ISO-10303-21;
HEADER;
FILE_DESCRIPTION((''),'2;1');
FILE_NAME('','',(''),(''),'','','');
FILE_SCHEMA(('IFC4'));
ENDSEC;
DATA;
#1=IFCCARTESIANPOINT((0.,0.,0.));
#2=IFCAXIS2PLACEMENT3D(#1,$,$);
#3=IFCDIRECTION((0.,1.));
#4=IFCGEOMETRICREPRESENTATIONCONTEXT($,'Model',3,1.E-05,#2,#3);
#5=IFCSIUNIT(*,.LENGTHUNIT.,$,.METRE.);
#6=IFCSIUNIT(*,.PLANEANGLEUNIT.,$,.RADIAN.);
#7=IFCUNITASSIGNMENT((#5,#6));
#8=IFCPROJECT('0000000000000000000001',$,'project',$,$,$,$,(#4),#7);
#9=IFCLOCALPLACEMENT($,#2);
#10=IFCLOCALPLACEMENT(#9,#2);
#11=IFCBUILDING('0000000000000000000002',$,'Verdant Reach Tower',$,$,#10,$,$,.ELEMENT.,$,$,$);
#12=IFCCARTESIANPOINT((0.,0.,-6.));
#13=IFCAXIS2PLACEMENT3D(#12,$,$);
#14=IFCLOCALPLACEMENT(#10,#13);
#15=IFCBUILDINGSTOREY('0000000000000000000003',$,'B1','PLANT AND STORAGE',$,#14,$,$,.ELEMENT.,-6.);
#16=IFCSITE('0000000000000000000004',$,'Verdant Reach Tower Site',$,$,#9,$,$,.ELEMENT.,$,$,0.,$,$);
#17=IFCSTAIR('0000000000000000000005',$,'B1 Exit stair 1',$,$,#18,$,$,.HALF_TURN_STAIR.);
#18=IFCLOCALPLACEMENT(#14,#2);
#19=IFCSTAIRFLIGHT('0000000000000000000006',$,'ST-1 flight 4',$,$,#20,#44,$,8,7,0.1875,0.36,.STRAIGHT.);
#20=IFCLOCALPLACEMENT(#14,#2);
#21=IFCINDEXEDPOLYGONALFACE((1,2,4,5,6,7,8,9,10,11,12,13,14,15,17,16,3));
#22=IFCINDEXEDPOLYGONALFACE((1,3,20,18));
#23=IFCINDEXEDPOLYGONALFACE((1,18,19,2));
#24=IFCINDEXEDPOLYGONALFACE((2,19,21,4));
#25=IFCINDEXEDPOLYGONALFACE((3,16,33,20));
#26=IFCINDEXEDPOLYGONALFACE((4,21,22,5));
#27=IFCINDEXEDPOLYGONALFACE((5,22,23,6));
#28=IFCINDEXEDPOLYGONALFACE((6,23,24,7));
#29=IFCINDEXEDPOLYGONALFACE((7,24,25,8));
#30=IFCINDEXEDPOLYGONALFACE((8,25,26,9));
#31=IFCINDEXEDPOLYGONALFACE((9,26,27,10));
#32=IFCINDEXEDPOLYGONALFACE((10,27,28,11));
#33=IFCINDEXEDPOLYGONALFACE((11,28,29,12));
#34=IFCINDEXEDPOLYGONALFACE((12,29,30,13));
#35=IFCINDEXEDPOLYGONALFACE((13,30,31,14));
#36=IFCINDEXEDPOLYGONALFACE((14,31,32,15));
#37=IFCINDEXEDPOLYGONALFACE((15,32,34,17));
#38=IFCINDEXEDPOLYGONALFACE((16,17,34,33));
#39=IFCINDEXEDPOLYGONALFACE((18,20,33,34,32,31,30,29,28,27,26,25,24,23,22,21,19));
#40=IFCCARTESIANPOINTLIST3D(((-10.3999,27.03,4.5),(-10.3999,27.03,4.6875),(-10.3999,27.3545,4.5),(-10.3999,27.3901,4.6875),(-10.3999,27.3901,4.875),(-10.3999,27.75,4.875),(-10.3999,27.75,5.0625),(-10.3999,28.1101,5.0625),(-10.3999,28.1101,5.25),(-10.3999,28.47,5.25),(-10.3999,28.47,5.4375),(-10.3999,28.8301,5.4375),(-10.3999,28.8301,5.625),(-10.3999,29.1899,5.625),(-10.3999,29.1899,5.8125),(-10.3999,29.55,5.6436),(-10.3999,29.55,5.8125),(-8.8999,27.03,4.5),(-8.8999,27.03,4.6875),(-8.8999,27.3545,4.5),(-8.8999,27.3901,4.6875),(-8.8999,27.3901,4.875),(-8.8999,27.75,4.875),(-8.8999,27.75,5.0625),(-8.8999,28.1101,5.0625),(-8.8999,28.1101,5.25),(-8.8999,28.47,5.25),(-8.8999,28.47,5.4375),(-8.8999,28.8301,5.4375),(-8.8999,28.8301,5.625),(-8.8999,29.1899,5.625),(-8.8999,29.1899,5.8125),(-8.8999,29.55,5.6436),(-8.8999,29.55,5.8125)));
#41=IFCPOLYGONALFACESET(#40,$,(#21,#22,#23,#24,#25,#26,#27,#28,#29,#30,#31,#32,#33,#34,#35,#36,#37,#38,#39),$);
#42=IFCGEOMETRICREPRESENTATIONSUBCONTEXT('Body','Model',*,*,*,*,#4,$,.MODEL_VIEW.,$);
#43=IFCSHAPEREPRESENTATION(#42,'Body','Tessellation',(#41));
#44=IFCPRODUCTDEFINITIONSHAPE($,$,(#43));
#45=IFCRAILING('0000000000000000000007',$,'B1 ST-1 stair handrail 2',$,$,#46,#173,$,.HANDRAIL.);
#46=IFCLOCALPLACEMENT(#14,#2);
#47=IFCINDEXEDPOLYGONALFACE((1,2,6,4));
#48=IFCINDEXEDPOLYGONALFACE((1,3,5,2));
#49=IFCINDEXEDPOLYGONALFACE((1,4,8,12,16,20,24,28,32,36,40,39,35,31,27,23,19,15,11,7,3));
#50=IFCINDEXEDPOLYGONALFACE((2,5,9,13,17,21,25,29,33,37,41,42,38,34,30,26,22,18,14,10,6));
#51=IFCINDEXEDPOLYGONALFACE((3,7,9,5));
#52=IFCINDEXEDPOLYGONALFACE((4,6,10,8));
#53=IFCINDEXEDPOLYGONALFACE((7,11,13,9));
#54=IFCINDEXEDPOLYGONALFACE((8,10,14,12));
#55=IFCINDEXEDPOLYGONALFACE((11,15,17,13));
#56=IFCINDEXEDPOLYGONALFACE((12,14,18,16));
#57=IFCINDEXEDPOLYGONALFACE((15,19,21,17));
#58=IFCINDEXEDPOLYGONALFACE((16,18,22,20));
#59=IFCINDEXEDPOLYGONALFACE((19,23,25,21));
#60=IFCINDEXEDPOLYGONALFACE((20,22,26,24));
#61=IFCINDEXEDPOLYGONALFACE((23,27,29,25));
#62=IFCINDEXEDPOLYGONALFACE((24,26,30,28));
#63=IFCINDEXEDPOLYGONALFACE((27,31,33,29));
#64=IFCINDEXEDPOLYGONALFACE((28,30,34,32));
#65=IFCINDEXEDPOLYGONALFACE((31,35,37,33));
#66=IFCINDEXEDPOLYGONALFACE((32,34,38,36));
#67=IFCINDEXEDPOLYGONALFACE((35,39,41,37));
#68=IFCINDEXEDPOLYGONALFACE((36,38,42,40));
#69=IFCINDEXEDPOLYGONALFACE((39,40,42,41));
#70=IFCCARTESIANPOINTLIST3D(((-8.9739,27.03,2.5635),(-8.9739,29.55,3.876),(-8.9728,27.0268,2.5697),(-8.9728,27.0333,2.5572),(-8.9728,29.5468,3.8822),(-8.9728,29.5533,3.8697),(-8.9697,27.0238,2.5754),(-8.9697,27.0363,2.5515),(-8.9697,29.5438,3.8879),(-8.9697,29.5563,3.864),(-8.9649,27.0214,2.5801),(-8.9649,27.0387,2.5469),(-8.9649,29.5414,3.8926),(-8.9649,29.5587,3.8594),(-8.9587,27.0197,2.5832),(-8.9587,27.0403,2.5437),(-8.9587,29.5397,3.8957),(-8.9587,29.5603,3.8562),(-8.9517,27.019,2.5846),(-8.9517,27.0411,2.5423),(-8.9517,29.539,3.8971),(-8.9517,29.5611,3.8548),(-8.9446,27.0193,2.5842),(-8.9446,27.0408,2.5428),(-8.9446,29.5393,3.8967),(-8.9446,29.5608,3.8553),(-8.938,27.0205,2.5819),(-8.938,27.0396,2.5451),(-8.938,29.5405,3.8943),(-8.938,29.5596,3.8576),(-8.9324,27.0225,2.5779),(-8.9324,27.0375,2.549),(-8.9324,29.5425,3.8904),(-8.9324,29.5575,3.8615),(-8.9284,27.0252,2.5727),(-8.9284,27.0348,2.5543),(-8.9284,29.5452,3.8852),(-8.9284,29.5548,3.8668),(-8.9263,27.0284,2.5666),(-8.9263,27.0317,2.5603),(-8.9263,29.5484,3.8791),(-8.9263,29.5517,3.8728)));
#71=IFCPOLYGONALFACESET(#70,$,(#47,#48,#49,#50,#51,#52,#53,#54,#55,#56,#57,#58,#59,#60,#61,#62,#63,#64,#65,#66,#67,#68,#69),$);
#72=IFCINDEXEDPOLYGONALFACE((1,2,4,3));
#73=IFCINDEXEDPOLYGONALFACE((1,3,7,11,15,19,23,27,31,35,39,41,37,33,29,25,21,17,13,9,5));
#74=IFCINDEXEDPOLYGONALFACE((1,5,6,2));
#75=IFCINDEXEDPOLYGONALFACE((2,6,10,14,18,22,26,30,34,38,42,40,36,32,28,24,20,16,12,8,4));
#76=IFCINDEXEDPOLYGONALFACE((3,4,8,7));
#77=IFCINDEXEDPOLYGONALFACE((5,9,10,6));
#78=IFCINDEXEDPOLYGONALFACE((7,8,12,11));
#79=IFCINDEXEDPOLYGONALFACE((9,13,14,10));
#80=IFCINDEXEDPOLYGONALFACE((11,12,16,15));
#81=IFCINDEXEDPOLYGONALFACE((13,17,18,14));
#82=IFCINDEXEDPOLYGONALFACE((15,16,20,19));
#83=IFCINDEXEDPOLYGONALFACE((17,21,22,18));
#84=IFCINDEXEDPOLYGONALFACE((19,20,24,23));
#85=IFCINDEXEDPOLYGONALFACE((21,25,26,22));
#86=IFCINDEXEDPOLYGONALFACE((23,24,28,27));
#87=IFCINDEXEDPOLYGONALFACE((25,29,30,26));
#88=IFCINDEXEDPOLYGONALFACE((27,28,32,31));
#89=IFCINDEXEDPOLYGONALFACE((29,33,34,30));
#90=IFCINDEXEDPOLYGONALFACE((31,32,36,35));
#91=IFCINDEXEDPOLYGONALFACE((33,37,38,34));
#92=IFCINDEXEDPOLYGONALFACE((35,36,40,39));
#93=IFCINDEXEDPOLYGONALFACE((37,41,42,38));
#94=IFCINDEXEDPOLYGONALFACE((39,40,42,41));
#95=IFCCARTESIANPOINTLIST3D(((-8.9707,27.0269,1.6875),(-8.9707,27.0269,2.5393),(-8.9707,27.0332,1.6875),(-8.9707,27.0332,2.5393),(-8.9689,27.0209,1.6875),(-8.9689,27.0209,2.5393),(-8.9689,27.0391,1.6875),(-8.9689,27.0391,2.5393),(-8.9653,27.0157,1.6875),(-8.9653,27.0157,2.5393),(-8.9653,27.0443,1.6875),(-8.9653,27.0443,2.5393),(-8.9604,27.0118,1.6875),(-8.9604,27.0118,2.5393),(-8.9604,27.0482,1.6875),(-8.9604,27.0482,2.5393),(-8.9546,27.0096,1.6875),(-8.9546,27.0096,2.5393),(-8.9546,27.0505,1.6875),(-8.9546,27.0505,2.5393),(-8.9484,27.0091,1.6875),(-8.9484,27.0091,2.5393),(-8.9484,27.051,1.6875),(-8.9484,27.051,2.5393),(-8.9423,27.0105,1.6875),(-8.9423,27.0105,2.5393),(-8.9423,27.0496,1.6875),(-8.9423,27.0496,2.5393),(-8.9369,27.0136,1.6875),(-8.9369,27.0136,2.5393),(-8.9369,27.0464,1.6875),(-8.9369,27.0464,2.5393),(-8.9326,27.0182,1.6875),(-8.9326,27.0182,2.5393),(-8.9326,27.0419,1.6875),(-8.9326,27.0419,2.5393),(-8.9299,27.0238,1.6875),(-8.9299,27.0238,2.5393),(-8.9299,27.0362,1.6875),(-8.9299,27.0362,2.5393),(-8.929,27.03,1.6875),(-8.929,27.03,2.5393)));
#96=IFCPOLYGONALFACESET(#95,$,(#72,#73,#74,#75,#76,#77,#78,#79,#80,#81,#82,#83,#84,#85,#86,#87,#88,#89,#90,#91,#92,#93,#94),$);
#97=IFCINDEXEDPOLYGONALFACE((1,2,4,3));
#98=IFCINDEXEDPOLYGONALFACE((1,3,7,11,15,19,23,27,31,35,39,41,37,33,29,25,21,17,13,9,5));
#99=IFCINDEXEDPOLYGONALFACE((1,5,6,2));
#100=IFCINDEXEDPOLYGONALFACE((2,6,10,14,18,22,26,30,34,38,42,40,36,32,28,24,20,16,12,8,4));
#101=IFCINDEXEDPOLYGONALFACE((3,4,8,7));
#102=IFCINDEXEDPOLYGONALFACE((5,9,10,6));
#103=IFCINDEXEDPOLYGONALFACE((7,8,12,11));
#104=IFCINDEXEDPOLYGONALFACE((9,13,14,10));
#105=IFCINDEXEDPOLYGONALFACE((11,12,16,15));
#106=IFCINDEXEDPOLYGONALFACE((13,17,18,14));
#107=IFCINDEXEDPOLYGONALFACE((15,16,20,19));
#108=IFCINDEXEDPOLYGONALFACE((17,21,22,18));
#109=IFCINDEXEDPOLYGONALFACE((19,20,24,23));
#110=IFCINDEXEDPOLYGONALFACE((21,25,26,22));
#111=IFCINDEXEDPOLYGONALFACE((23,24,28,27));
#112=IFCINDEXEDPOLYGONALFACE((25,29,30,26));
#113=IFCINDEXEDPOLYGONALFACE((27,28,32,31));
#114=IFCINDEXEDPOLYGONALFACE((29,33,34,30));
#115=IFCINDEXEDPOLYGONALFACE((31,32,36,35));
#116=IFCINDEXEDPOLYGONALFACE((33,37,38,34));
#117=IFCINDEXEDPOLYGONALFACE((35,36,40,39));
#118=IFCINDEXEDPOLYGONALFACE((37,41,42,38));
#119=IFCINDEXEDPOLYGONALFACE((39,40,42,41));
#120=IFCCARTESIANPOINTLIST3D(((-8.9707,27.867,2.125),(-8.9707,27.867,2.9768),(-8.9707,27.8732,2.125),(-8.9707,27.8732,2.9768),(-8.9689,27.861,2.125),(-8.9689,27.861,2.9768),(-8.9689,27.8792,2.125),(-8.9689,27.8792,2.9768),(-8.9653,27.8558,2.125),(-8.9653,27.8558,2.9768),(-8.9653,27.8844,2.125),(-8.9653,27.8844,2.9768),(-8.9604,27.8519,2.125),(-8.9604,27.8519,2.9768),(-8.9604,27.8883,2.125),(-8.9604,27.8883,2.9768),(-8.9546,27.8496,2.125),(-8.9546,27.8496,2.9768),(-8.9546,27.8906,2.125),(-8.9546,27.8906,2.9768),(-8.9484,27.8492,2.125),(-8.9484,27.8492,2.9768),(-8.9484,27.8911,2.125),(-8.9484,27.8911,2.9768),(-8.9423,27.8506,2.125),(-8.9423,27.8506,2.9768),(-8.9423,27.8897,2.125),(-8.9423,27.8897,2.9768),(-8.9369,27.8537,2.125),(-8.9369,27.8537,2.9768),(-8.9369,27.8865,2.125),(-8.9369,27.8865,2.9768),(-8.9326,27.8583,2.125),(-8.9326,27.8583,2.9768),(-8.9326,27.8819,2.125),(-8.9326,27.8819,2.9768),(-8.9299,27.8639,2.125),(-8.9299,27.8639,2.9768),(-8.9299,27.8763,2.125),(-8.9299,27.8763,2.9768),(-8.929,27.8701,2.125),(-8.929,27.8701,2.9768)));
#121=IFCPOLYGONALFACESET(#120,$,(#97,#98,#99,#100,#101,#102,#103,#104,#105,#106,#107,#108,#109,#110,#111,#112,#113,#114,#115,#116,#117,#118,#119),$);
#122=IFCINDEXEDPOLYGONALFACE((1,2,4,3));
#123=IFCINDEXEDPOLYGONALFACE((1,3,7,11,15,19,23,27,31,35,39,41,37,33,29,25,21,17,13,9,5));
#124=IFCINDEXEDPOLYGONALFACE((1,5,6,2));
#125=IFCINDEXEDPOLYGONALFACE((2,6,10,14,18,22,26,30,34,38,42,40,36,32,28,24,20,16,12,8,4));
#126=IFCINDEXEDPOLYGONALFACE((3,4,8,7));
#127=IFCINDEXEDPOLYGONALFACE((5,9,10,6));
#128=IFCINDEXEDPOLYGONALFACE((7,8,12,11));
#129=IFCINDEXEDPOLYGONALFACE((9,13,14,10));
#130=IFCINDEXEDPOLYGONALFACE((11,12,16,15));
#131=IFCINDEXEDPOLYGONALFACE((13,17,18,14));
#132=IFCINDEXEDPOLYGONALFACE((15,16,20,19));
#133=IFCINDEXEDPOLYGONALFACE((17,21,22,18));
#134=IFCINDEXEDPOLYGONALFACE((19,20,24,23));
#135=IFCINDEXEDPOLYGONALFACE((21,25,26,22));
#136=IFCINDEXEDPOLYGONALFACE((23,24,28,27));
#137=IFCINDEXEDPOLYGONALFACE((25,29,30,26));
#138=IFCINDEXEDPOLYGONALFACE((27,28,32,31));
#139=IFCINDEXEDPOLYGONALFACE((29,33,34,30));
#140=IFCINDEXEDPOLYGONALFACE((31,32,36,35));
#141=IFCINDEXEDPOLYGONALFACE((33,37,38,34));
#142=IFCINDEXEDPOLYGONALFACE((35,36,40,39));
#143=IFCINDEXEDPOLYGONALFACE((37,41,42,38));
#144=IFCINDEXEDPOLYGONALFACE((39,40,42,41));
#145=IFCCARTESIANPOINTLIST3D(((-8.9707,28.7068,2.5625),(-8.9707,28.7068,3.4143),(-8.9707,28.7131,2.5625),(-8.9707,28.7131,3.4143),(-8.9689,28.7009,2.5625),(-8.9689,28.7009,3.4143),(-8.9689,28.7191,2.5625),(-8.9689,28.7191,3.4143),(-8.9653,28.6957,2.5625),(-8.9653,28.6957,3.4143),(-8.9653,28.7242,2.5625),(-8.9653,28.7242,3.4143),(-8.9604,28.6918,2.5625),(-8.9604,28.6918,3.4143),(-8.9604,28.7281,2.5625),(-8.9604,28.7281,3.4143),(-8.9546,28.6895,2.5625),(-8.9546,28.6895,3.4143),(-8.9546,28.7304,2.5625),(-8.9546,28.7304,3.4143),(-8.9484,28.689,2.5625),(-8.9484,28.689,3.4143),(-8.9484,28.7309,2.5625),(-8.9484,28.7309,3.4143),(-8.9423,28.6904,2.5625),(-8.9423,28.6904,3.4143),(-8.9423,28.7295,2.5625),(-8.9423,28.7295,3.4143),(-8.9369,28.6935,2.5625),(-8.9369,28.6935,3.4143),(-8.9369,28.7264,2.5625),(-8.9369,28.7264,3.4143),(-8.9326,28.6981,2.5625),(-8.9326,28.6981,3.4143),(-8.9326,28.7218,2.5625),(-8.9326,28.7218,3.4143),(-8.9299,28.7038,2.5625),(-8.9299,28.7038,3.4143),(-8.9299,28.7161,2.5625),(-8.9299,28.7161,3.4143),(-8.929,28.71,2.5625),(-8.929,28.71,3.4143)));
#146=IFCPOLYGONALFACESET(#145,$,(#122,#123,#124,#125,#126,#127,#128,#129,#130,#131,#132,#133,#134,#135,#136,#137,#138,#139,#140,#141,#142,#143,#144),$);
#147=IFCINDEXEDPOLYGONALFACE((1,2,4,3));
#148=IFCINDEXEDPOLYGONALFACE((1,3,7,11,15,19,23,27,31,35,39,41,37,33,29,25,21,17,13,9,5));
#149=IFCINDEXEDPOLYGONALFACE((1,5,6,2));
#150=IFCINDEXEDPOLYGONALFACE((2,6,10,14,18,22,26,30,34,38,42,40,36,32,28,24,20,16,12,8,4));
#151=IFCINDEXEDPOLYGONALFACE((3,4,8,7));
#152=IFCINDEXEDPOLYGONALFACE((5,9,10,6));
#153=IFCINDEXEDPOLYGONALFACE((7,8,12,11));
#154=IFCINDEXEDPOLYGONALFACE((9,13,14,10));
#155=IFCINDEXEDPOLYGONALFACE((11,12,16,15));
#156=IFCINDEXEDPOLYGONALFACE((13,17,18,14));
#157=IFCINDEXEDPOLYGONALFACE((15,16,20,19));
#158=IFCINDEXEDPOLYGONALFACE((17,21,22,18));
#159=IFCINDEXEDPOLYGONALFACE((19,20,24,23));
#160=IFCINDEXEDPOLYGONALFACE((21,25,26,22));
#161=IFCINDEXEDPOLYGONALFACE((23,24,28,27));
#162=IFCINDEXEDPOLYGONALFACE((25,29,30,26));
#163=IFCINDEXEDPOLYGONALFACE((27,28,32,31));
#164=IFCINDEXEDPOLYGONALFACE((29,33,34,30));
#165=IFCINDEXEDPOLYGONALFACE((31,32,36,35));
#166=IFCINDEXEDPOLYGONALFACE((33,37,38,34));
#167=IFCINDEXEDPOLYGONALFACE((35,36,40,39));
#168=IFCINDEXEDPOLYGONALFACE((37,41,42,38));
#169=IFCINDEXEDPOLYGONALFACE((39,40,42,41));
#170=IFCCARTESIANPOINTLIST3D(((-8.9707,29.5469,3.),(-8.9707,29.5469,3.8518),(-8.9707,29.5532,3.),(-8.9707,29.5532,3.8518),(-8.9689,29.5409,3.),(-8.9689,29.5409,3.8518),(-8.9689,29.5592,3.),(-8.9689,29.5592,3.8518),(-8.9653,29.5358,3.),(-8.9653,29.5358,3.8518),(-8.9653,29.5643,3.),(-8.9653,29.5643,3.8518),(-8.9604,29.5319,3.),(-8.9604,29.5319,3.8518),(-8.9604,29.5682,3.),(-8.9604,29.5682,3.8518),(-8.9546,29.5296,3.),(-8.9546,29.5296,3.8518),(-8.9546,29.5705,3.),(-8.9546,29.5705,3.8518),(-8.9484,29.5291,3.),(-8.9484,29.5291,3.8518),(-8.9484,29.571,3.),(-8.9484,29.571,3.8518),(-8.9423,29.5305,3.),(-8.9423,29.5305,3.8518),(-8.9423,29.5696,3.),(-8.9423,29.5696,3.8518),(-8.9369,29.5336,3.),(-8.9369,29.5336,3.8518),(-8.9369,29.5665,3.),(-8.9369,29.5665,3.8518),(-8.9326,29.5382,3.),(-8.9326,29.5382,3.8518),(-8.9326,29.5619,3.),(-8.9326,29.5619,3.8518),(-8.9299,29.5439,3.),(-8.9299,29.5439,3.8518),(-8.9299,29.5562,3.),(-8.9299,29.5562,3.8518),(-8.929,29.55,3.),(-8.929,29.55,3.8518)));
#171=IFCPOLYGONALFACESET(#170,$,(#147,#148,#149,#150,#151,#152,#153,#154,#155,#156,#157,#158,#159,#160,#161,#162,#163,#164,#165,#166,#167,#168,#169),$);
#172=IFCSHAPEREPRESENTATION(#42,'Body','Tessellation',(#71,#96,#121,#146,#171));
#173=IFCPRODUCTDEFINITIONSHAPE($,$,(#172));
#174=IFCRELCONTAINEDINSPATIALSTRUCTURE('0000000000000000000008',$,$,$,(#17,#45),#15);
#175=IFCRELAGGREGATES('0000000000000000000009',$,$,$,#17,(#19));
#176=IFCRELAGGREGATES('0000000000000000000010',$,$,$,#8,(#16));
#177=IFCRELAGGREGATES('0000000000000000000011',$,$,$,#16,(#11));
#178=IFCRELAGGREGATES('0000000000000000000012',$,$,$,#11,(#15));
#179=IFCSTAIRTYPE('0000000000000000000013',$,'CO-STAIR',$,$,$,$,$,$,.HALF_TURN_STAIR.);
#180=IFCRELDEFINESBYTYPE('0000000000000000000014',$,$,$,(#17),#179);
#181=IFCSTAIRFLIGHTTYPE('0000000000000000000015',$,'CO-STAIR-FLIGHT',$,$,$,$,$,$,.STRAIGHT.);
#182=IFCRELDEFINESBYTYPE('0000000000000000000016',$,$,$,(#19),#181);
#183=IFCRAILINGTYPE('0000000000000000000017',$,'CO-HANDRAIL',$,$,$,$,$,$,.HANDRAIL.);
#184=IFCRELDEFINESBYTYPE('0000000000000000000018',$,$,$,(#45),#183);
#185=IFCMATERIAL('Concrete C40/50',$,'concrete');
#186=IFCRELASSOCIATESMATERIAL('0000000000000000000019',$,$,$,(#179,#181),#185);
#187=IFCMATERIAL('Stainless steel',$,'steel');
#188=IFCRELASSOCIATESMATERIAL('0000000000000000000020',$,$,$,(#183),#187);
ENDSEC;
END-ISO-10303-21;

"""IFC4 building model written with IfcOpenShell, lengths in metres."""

from ifc_helpers import new_model, si_unit, direction, frame, origin, origin_2d, place, context, subcontext, project, spatial, polyline, circle, outline, extrude, material, type_object, element, aggregate, save


model = new_model("IFC4")

# Units and contexts
model_context = context("Model", 3, precision=1e-05, world=origin(), true_north=direction((0.0, 1.0)))
body_context = subcontext(model_context, "Body", "Model", "MODEL_VIEW")
ifc_project = project(units=[si_unit("LENGTHUNIT", "METRE"), si_unit("PLANEANGLEUNIT", "RADIAN")], contexts=[model_context])

# Site, building, storey
site_placement = place(None, origin())
site = spatial("IfcSite", under=ifc_project, at=site_placement, Name="Verdant Reach Tower Site", CompositionType="ELEMENT", RefElevation=0.0)
building_placement = place(site_placement, origin())
building = spatial("IfcBuilding", under=site, at=building_placement, Name="Verdant Reach Tower", CompositionType="ELEMENT")
storey_placement = place(building_placement, frame((0.0, 0.0, -6.0)))
storey = spatial("IfcBuildingStorey", under=building, at=storey_placement, Name="B1", Description="PLANT AND STORAGE", CompositionType="ELEMENT", Elevation=-6.0)

# Shared definitions
ifc_material_1 = material(Name="Concrete C40/50", Category="concrete")

# Shared definitions
ifc_material_2 = material(Name="Stainless steel", Category="steel")

# Stair, stair flight
stair_type = type_object("IfcStairType", Name="CO-STAIR", PredefinedType="HALF_TURN_STAIR", material=ifc_material_1)
stair_placement = place(storey_placement, origin())
stair = element("IfcStair", 1, at=stair_placement, inside=storey, type_object=stair_type, Name="B1 Exit stair 1", PredefinedType="HALF_TURN_STAIR")
stair_flight_type = type_object("IfcStairFlightType", Name="CO-STAIR-FLIGHT", PredefinedType="STRAIGHT", material=ifc_material_1)
stair_flight_1_placement = place(storey_placement, frame((-9.6499, 27.03, 4.5), z_axis=(0.0, 0.0, 1.0), x_axis=(0.0, 1.0, 0.0)))
stair_flight_1 = element("IfcStairFlight", 2, at=stair_flight_1_placement, type_object=stair_flight_type, Name="ST-1 flight 4", NumberOfRisers=8, NumberOfTreads=7, PredefinedType="STRAIGHT", RiserHeight=0.1875, TreadLength=0.36, context=body_context, shape_type="SweptSolid", body=[
    extrude(outline(polyline([(0.0, 0.0), (0.0, 0.1875), (0.3601, 0.1875), (0.3601, 0.375), (0.72, 0.375), (0.72, 0.5625), (1.0801, 0.5625), (1.0801, 0.75), (1.4399, 0.75), (1.4399, 0.9375), (1.8, 0.9375), (1.8, 1.125), (2.1599, 1.125), (2.1599, 1.3125), (2.52, 1.3125), (2.52, 1.5), (2.52, 1.1436), (0.3245, 0.0), (0.0, 0.0)])), frame((0.0, 0.75, 0.0), z_axis=(0.0, -1.0, 0.0), x_axis=(1.0, 0.0, 0.0)), (0.0, 0.0, 1.0), 1.5),
])
aggregate(stair, [stair_flight_1])

# Railing
railing_type_1 = type_object("IfcRailingType", Name="CO-HANDRAIL", PredefinedType="HANDRAIL", material=ifc_material_2)
for number, where, name in (
    (3, (-8.95, 27.03, 1.6875), "B1 ST-1 stair handrail 2"),
):
    element("IfcRailing", number, at=place(storey_placement, frame(where)), inside=storey, type_object=railing_type_1, Name=name, PredefinedType="HANDRAIL", context=body_context, shape_type="SweptSolid", body=[
        extrude(circle(Radius=0.0239, at=origin_2d()), frame((0.0, 0.0, 0.876), z_axis=(0.0, 0.886916, 0.461932), x_axis=(-1.0, 0.0, 0.0)), (0.0, 0.0, 1.0), 2.8413),
        extrude(circle(Radius=0.021, at=origin_2d()), origin(), (0.0, 0.0, 1.0), 0.8518),
        extrude(circle(Radius=0.021, at=origin_2d()), frame((0.0, 0.8401, 0.4375)), (0.0, 0.0, 1.0), 0.8518),
        extrude(circle(Radius=0.021, at=origin_2d()), frame((0.0, 1.6799, 0.875)), (0.0, 0.0, 1.0), 0.8518),
        extrude(circle(Radius=0.021, at=origin_2d()), frame((0.0, 2.52, 1.3125)), (0.0, 0.0, 1.0), 0.8518),
    ])

save(model, "model.ifc")
